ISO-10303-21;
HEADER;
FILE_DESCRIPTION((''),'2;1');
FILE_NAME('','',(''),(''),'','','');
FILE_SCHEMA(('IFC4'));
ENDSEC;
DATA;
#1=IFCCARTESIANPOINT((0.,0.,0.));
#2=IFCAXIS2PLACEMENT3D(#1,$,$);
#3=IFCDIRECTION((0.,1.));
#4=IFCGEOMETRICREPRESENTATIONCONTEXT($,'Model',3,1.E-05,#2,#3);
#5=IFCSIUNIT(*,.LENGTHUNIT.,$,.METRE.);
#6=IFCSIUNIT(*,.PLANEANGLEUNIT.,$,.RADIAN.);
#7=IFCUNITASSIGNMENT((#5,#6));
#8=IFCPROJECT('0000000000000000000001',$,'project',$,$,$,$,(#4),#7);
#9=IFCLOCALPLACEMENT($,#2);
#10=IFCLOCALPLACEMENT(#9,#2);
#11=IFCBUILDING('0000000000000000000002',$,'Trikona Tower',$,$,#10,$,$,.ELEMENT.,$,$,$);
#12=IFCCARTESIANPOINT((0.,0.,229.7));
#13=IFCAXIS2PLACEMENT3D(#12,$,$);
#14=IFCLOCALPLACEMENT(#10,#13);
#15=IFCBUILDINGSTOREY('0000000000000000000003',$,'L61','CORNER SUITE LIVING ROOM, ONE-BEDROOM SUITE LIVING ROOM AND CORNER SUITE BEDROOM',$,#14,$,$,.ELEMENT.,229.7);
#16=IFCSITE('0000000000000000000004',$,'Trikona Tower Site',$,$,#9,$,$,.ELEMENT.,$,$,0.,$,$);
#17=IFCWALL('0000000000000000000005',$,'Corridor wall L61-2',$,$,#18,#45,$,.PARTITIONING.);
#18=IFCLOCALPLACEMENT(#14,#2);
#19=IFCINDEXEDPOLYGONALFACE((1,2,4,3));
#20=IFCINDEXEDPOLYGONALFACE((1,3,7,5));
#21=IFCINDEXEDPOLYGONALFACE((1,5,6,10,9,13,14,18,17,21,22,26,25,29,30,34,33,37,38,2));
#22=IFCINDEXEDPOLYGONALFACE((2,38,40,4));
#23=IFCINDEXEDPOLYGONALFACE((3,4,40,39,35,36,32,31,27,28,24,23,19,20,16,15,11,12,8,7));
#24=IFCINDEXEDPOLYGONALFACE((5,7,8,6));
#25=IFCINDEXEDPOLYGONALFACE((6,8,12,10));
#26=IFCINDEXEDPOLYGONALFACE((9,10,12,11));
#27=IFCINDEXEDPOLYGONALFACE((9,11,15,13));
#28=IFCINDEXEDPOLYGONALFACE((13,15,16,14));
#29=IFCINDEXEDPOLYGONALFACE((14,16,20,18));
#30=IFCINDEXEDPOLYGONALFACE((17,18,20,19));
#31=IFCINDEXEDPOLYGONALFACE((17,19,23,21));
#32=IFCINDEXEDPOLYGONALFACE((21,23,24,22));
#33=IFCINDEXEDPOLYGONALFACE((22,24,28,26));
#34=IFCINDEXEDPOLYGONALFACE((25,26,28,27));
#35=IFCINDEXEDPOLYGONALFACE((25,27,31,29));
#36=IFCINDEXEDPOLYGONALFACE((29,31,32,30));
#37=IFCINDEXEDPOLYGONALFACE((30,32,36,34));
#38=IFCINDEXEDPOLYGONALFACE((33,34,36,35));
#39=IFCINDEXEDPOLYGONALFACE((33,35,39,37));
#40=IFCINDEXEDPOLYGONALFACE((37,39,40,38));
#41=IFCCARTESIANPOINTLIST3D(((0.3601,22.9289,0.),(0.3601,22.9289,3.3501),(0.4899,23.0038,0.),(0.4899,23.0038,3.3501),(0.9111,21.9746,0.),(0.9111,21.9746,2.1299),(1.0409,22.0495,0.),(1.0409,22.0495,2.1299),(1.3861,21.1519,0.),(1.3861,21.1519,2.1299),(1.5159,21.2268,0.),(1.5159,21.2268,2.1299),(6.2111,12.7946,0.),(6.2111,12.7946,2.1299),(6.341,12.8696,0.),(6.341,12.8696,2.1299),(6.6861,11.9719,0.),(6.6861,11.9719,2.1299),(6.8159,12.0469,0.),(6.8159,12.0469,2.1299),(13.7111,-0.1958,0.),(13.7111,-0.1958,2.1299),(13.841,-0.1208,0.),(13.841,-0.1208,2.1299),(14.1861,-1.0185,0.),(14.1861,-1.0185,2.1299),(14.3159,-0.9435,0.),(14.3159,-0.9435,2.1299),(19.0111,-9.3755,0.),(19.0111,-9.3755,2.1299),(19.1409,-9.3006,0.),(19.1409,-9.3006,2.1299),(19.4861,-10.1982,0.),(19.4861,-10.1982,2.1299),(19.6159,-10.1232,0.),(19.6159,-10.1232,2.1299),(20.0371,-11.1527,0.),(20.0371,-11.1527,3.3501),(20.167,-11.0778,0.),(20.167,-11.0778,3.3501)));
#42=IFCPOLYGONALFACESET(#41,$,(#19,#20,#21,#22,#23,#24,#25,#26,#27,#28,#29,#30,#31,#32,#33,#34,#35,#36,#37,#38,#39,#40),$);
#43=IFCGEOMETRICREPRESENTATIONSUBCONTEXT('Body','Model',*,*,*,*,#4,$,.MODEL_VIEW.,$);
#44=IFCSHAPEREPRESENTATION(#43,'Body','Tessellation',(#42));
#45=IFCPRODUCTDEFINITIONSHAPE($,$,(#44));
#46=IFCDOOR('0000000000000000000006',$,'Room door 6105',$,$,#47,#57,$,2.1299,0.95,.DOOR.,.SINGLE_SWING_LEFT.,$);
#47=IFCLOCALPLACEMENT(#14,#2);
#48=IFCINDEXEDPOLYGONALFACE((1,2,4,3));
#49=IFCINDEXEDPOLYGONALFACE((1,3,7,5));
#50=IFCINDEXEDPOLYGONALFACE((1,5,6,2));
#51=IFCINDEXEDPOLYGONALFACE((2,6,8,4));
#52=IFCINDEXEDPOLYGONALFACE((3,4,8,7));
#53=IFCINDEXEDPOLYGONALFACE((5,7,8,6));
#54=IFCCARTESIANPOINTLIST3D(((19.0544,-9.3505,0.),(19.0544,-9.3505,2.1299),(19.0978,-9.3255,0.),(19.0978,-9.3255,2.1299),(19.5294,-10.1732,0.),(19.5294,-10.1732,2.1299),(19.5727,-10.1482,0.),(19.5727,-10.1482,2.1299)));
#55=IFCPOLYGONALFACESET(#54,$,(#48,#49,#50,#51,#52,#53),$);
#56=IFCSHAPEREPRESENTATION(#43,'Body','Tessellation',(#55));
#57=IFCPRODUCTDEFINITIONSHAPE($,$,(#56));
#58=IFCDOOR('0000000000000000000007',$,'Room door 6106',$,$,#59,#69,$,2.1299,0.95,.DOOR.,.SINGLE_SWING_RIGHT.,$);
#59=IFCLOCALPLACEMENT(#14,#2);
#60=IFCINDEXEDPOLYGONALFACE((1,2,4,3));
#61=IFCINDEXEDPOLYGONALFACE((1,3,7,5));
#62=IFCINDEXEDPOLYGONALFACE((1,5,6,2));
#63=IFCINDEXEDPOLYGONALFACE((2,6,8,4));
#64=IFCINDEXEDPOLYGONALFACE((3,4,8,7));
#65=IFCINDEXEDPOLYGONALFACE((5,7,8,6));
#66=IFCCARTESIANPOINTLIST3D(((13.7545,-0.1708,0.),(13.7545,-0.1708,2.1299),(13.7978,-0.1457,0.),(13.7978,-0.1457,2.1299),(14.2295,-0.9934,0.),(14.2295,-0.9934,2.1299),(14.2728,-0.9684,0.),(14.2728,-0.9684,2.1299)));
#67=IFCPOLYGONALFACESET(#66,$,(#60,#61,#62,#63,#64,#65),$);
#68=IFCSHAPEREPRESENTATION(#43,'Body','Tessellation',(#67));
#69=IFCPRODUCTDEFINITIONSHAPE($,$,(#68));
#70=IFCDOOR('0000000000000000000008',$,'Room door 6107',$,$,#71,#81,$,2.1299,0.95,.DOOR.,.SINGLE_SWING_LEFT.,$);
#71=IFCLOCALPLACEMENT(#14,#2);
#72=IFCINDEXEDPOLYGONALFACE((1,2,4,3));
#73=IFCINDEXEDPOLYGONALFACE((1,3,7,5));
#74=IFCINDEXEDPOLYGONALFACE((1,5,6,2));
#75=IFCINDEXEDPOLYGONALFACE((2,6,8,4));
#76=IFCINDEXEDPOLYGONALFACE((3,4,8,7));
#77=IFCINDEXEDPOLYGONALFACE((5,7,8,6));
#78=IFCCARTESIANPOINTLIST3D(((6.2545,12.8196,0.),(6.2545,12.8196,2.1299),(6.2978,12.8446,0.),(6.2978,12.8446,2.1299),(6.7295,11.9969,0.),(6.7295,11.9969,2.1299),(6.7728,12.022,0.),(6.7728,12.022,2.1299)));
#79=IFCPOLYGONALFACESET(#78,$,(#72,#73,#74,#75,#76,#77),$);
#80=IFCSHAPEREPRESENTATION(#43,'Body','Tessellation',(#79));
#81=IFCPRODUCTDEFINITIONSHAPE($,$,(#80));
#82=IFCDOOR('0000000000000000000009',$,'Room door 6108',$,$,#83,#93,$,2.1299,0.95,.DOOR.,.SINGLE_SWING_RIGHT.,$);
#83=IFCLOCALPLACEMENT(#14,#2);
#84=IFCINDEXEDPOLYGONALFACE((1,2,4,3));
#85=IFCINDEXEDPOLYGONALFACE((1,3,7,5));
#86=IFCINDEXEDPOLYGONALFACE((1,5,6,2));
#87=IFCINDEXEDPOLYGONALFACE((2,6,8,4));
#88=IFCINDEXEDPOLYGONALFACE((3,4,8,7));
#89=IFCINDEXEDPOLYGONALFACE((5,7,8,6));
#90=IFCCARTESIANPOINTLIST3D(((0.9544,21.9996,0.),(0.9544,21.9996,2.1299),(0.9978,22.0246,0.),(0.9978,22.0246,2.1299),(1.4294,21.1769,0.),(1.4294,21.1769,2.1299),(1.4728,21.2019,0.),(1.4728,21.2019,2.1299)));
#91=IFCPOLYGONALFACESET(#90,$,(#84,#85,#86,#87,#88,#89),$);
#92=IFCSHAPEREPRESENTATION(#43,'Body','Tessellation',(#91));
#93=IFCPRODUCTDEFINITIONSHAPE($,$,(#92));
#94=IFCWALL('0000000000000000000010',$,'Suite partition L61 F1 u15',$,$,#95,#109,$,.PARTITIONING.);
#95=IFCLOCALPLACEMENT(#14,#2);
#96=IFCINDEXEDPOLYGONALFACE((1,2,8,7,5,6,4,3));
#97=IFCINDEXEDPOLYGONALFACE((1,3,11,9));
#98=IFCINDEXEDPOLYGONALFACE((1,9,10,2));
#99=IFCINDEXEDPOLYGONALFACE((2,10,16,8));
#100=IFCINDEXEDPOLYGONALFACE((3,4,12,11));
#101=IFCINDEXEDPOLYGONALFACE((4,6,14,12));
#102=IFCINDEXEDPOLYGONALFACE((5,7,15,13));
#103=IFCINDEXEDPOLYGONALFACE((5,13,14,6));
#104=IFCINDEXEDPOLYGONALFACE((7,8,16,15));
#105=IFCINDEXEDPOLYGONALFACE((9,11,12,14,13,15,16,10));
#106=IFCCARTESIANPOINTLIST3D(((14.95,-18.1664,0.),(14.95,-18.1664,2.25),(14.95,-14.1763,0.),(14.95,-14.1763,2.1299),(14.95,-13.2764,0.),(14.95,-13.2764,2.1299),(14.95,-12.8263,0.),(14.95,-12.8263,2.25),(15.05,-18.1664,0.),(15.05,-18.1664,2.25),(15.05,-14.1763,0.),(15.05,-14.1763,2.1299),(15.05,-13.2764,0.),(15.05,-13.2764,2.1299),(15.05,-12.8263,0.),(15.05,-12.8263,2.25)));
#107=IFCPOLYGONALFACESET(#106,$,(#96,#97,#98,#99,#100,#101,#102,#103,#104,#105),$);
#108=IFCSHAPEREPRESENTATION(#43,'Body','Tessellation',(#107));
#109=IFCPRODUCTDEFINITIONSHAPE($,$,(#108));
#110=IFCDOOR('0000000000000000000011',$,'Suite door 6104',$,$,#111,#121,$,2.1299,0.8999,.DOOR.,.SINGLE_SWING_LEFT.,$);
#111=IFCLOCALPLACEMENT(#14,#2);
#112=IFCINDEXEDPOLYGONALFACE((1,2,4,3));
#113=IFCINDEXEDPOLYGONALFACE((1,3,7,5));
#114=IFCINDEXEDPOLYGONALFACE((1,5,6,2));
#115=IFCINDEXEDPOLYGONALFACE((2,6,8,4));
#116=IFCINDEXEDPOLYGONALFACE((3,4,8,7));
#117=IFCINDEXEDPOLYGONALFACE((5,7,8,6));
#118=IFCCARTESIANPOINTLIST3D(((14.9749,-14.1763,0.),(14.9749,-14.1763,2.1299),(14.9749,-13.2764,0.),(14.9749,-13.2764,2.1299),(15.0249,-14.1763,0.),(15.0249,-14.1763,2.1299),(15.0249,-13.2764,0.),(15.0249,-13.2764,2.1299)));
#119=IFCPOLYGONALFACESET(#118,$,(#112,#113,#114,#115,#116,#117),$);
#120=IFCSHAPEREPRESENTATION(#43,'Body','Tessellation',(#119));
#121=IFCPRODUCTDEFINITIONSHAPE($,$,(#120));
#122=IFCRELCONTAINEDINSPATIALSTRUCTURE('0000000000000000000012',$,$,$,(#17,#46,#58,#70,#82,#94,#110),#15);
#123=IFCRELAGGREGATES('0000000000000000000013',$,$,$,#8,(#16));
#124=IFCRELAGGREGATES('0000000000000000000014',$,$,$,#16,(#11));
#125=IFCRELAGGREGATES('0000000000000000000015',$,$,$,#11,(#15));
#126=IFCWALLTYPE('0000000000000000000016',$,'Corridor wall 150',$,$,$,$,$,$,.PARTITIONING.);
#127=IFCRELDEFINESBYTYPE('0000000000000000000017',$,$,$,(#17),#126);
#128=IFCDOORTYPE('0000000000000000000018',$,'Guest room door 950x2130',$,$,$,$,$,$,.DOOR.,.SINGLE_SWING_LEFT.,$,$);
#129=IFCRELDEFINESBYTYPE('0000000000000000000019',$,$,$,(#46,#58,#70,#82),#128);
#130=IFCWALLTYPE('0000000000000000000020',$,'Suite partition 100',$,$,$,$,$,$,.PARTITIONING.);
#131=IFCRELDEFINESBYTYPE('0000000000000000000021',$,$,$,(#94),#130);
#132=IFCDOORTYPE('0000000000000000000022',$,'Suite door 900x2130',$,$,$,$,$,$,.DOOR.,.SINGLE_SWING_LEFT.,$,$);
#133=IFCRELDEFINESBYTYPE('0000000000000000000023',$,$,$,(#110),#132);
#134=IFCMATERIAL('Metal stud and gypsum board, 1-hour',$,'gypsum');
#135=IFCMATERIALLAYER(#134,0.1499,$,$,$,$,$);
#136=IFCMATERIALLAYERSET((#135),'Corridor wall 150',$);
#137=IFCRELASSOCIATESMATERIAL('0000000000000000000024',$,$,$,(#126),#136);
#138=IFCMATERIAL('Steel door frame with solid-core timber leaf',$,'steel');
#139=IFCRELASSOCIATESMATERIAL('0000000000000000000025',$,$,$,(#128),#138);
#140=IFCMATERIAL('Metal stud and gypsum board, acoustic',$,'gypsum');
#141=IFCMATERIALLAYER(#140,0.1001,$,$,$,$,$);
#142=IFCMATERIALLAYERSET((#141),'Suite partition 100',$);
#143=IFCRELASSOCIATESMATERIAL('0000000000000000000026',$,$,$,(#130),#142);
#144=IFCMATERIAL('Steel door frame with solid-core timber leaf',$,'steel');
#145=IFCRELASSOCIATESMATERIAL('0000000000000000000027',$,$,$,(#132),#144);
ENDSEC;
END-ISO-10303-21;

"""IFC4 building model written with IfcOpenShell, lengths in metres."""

from ifc_helpers import new_model, si_unit, direction, frame, frame_2d, origin, place, context, subcontext, project, spatial, rectangle, extrude, material, layer, layer_set, type_object, element, fill, save


model = new_model("IFC4")

# Units and contexts
model_context = context("Model", 3, precision=1e-05, world=origin(), true_north=direction((0.0, 1.0)))
body_context = subcontext(model_context, "Body", "Model", "MODEL_VIEW")
ifc_project = project(units=[si_unit("LENGTHUNIT", "METRE"), si_unit("PLANEANGLEUNIT", "RADIAN")], contexts=[model_context])

# Site, building, storey
site_placement = place(None, origin())
site = spatial("IfcSite", under=ifc_project, at=site_placement, Name="Trikona Tower Site", CompositionType="ELEMENT", RefElevation=0.0)
building_placement = place(site_placement, origin())
building = spatial("IfcBuilding", under=site, at=building_placement, Name="Trikona Tower", CompositionType="ELEMENT")
storey_placement = place(building_placement, frame((0.0, 0.0, 229.7)))
storey = spatial("IfcBuildingStorey", under=building, at=storey_placement, Name="L61", Description="CORNER SUITE LIVING ROOM, ONE-BEDROOM SUITE LIVING ROOM AND CORNER SUITE BEDROOM", CompositionType="ELEMENT", Elevation=229.7)

# Wall, openings, doors
ifc_material_1 = material(Name="Metal stud and gypsum board, 1-hour", Category="gypsum")
ifc_layer_1 = layer(ifc_material_1, 0.1499)
ifc_layer_set_1 = layer_set([ifc_layer_1], Name="Corridor wall 150")
wall_type_1 = type_object("IfcWallType", Name="Corridor wall 150", PredefinedType="PARTITIONING", material=ifc_layer_set_1)
wall_1_placement = place(storey_placement, frame((20.1021, -11.1152, 0.0), z_axis=(0.0, 0.0, 1.0), x_axis=(-0.5, 0.866025, 0.0)))
wall_1 = element("IfcWall", 1, at=wall_1_placement, inside=storey, type_object=wall_type_1, Name="Corridor wall L61-2", PredefinedType="PARTITIONING", context=body_context, shape_type="SweptSolid", body=[
    extrude(rectangle(XDim=39.354, YDim=0.1499, at=frame_2d((19.677, 0.0))), origin(), (0.0, 0.0, 1.0), 3.3501),
])
opening_1_placement = place(wall_1_placement, frame((1.1021, 0.0, 0.0)))
opening_1 = element("IfcOpeningElement", 2, at=opening_1_placement, cuts=wall_1, PredefinedType="OPENING", context=body_context, shape_type="SweptSolid", body=[
    extrude(rectangle(XDim=0.95, YDim=2.1299, at=frame_2d((0.4751, 1.0649))), frame((0.0, 0.085, 0.0), z_axis=(0.0, -1.0, 0.0), x_axis=(1.0, 0.0, 0.0)), (0.0, 0.0, 1.0), 0.1699),
])
opening_2_placement = place(wall_1_placement, frame((11.7019, 0.0, 0.0)))
opening_2 = element("IfcOpeningElement", 3, at=opening_2_placement, cuts=wall_1, PredefinedType="OPENING", context=body_context, shape_type="SweptSolid", body=[
    extrude(rectangle(XDim=0.95, YDim=2.1299, at=frame_2d((0.4751, 1.0649))), frame((0.0, 0.085, 0.0), z_axis=(0.0, -1.0, 0.0), x_axis=(1.0, 0.0, 0.0)), (0.0, 0.0, 1.0), 0.1699),
])
opening_3_placement = place(wall_1_placement, frame((26.7019, 0.0, 0.0)))
opening_3 = element("IfcOpeningElement", 4, at=opening_3_placement, cuts=wall_1, PredefinedType="OPENING", context=body_context, shape_type="SweptSolid", body=[
    extrude(rectangle(XDim=0.95, YDim=2.1299, at=frame_2d((0.4751, 1.0649))), frame((0.0, 0.085, 0.0), z_axis=(0.0, -1.0, 0.0), x_axis=(1.0, 0.0, 0.0)), (0.0, 0.0, 1.0), 0.1699),
])
opening_4_placement = place(wall_1_placement, frame((37.302, 0.0, 0.0)))
opening_4 = element("IfcOpeningElement", 5, at=opening_4_placement, cuts=wall_1, PredefinedType="OPENING", context=body_context, shape_type="SweptSolid", body=[
    extrude(rectangle(XDim=0.95, YDim=2.1299, at=frame_2d((0.4751, 1.0649))), frame((0.0, 0.085, 0.0), z_axis=(0.0, -1.0, 0.0), x_axis=(1.0, 0.0, 0.0)), (0.0, 0.0, 1.0), 0.1699),
])
ifc_material_2 = material(Name="Steel door frame with solid-core timber leaf", Category="steel")
door_type_1 = type_object("IfcDoorType", Name="Guest room door 950x2130", OperationType="SINGLE_SWING_LEFT", PredefinedType="DOOR", material=ifc_material_2)
door_1_placement = place(opening_1_placement, origin())
door_1 = element("IfcDoor", 6, at=door_1_placement, inside=storey, type_object=door_type_1, Name="Room door 6105", OperationType="SINGLE_SWING_LEFT", OverallHeight=2.1299, OverallWidth=0.95, PredefinedType="DOOR", context=body_context, shape_type="SweptSolid", body=[
    extrude(rectangle(XDim=0.95, YDim=2.1299, at=frame_2d((0.4751, 1.0649))), frame((0.0, 0.0249, 0.0), z_axis=(0.0, -1.0, 0.0), x_axis=(1.0, 0.0, 0.0)), (0.0, 0.0, 1.0), 0.05),
])
fill(opening_1, door_1)
door_2_placement = place(opening_2_placement, origin())
door_2 = element("IfcDoor", 7, at=door_2_placement, inside=storey, type_object=door_type_1, Name="Room door 6106", OperationType="SINGLE_SWING_RIGHT", OverallHeight=2.1299, OverallWidth=0.95, PredefinedType="DOOR", context=body_context, shape_type="SweptSolid", body=[
    extrude(rectangle(XDim=0.95, YDim=2.1299, at=frame_2d((0.4751, 1.0649))), frame((0.0, 0.0249, 0.0), z_axis=(0.0, -1.0, 0.0), x_axis=(1.0, 0.0, 0.0)), (0.0, 0.0, 1.0), 0.05),
])
fill(opening_2, door_2)
door_3_placement = place(opening_3_placement, origin())
door_3 = element("IfcDoor", 8, at=door_3_placement, inside=storey, type_object=door_type_1, Name="Room door 6107", OperationType="SINGLE_SWING_LEFT", OverallHeight=2.1299, OverallWidth=0.95, PredefinedType="DOOR", context=body_context, shape_type="SweptSolid", body=[
    extrude(rectangle(XDim=0.95, YDim=2.1299, at=frame_2d((0.4751, 1.0649))), frame((0.0, 0.0249, 0.0), z_axis=(0.0, -1.0, 0.0), x_axis=(1.0, 0.0, 0.0)), (0.0, 0.0, 1.0), 0.05),
])
fill(opening_3, door_3)
door_4_placement = place(opening_4_placement, origin())
door_4 = element("IfcDoor", 9, at=door_4_placement, inside=storey, type_object=door_type_1, Name="Room door 6108", OperationType="SINGLE_SWING_RIGHT", OverallHeight=2.1299, OverallWidth=0.95, PredefinedType="DOOR", context=body_context, shape_type="SweptSolid", body=[
    extrude(rectangle(XDim=0.95, YDim=2.1299, at=frame_2d((0.4751, 1.0649))), frame((0.0, 0.0249, 0.0), z_axis=(0.0, -1.0, 0.0), x_axis=(1.0, 0.0, 0.0)), (0.0, 0.0, 1.0), 0.05),
])
fill(opening_4, door_4)

# Wall, opening, door
ifc_material_3 = material(Name="Metal stud and gypsum board, acoustic", Category="gypsum")
ifc_layer_2 = layer(ifc_material_3, 0.1001)
ifc_layer_set_2 = layer_set([ifc_layer_2], Name="Suite partition 100")
wall_type_2 = type_object("IfcWallType", Name="Suite partition 100", PredefinedType="PARTITIONING", material=ifc_layer_set_2)
wall_2_placement = place(storey_placement, frame((15.0, -12.8264, 0.0), z_axis=(0.0, 0.0, 1.0), x_axis=(0.0, -1.0, 0.0)))
wall_2 = element("IfcWall", 10, at=wall_2_placement, inside=storey, type_object=wall_type_2, Name="Suite partition L61 F1 u15", PredefinedType="PARTITIONING", context=body_context, shape_type="SweptSolid", body=[
    extrude(rectangle(XDim=5.3401, YDim=0.1001, at=frame_2d((2.6699, 0.0))), origin(), (0.0, 0.0, 1.0), 2.25),
])
opening_5_placement = place(wall_2_placement, frame((0.45, 0.0, 0.0)))
opening_5 = element("IfcOpeningElement", 11, at=opening_5_placement, cuts=wall_2, PredefinedType="OPENING", context=body_context, shape_type="SweptSolid", body=[
    extrude(rectangle(XDim=0.8999, YDim=2.1299, at=frame_2d((0.45, 1.0649))), frame((0.0, 0.0601, 0.0), z_axis=(0.0, -1.0, 0.0), x_axis=(1.0, 0.0, 0.0)), (0.0, 0.0, 1.0), 0.1201),
])
ifc_material_4 = material(Name="Steel door frame with solid-core timber leaf", Category="steel")
door_type_2 = type_object("IfcDoorType", Name="Suite door 900x2130", OperationType="SINGLE_SWING_LEFT", PredefinedType="DOOR", material=ifc_material_4)
door_5_placement = place(opening_5_placement, origin())
door_5 = element("IfcDoor", 12, at=door_5_placement, inside=storey, type_object=door_type_2, Name="Suite door 6104", OperationType="SINGLE_SWING_LEFT", OverallHeight=2.1299, OverallWidth=0.8999, PredefinedType="DOOR", context=body_context, shape_type="SweptSolid", body=[
    extrude(rectangle(XDim=0.8999, YDim=2.1299, at=frame_2d((0.45, 1.0649))), frame((0.0, 0.0249, 0.0), z_axis=(0.0, -1.0, 0.0), x_axis=(1.0, 0.0, 0.0)), (0.0, 0.0, 1.0), 0.05),
])
fill(opening_5, door_5)

save(model, "model.ifc")
